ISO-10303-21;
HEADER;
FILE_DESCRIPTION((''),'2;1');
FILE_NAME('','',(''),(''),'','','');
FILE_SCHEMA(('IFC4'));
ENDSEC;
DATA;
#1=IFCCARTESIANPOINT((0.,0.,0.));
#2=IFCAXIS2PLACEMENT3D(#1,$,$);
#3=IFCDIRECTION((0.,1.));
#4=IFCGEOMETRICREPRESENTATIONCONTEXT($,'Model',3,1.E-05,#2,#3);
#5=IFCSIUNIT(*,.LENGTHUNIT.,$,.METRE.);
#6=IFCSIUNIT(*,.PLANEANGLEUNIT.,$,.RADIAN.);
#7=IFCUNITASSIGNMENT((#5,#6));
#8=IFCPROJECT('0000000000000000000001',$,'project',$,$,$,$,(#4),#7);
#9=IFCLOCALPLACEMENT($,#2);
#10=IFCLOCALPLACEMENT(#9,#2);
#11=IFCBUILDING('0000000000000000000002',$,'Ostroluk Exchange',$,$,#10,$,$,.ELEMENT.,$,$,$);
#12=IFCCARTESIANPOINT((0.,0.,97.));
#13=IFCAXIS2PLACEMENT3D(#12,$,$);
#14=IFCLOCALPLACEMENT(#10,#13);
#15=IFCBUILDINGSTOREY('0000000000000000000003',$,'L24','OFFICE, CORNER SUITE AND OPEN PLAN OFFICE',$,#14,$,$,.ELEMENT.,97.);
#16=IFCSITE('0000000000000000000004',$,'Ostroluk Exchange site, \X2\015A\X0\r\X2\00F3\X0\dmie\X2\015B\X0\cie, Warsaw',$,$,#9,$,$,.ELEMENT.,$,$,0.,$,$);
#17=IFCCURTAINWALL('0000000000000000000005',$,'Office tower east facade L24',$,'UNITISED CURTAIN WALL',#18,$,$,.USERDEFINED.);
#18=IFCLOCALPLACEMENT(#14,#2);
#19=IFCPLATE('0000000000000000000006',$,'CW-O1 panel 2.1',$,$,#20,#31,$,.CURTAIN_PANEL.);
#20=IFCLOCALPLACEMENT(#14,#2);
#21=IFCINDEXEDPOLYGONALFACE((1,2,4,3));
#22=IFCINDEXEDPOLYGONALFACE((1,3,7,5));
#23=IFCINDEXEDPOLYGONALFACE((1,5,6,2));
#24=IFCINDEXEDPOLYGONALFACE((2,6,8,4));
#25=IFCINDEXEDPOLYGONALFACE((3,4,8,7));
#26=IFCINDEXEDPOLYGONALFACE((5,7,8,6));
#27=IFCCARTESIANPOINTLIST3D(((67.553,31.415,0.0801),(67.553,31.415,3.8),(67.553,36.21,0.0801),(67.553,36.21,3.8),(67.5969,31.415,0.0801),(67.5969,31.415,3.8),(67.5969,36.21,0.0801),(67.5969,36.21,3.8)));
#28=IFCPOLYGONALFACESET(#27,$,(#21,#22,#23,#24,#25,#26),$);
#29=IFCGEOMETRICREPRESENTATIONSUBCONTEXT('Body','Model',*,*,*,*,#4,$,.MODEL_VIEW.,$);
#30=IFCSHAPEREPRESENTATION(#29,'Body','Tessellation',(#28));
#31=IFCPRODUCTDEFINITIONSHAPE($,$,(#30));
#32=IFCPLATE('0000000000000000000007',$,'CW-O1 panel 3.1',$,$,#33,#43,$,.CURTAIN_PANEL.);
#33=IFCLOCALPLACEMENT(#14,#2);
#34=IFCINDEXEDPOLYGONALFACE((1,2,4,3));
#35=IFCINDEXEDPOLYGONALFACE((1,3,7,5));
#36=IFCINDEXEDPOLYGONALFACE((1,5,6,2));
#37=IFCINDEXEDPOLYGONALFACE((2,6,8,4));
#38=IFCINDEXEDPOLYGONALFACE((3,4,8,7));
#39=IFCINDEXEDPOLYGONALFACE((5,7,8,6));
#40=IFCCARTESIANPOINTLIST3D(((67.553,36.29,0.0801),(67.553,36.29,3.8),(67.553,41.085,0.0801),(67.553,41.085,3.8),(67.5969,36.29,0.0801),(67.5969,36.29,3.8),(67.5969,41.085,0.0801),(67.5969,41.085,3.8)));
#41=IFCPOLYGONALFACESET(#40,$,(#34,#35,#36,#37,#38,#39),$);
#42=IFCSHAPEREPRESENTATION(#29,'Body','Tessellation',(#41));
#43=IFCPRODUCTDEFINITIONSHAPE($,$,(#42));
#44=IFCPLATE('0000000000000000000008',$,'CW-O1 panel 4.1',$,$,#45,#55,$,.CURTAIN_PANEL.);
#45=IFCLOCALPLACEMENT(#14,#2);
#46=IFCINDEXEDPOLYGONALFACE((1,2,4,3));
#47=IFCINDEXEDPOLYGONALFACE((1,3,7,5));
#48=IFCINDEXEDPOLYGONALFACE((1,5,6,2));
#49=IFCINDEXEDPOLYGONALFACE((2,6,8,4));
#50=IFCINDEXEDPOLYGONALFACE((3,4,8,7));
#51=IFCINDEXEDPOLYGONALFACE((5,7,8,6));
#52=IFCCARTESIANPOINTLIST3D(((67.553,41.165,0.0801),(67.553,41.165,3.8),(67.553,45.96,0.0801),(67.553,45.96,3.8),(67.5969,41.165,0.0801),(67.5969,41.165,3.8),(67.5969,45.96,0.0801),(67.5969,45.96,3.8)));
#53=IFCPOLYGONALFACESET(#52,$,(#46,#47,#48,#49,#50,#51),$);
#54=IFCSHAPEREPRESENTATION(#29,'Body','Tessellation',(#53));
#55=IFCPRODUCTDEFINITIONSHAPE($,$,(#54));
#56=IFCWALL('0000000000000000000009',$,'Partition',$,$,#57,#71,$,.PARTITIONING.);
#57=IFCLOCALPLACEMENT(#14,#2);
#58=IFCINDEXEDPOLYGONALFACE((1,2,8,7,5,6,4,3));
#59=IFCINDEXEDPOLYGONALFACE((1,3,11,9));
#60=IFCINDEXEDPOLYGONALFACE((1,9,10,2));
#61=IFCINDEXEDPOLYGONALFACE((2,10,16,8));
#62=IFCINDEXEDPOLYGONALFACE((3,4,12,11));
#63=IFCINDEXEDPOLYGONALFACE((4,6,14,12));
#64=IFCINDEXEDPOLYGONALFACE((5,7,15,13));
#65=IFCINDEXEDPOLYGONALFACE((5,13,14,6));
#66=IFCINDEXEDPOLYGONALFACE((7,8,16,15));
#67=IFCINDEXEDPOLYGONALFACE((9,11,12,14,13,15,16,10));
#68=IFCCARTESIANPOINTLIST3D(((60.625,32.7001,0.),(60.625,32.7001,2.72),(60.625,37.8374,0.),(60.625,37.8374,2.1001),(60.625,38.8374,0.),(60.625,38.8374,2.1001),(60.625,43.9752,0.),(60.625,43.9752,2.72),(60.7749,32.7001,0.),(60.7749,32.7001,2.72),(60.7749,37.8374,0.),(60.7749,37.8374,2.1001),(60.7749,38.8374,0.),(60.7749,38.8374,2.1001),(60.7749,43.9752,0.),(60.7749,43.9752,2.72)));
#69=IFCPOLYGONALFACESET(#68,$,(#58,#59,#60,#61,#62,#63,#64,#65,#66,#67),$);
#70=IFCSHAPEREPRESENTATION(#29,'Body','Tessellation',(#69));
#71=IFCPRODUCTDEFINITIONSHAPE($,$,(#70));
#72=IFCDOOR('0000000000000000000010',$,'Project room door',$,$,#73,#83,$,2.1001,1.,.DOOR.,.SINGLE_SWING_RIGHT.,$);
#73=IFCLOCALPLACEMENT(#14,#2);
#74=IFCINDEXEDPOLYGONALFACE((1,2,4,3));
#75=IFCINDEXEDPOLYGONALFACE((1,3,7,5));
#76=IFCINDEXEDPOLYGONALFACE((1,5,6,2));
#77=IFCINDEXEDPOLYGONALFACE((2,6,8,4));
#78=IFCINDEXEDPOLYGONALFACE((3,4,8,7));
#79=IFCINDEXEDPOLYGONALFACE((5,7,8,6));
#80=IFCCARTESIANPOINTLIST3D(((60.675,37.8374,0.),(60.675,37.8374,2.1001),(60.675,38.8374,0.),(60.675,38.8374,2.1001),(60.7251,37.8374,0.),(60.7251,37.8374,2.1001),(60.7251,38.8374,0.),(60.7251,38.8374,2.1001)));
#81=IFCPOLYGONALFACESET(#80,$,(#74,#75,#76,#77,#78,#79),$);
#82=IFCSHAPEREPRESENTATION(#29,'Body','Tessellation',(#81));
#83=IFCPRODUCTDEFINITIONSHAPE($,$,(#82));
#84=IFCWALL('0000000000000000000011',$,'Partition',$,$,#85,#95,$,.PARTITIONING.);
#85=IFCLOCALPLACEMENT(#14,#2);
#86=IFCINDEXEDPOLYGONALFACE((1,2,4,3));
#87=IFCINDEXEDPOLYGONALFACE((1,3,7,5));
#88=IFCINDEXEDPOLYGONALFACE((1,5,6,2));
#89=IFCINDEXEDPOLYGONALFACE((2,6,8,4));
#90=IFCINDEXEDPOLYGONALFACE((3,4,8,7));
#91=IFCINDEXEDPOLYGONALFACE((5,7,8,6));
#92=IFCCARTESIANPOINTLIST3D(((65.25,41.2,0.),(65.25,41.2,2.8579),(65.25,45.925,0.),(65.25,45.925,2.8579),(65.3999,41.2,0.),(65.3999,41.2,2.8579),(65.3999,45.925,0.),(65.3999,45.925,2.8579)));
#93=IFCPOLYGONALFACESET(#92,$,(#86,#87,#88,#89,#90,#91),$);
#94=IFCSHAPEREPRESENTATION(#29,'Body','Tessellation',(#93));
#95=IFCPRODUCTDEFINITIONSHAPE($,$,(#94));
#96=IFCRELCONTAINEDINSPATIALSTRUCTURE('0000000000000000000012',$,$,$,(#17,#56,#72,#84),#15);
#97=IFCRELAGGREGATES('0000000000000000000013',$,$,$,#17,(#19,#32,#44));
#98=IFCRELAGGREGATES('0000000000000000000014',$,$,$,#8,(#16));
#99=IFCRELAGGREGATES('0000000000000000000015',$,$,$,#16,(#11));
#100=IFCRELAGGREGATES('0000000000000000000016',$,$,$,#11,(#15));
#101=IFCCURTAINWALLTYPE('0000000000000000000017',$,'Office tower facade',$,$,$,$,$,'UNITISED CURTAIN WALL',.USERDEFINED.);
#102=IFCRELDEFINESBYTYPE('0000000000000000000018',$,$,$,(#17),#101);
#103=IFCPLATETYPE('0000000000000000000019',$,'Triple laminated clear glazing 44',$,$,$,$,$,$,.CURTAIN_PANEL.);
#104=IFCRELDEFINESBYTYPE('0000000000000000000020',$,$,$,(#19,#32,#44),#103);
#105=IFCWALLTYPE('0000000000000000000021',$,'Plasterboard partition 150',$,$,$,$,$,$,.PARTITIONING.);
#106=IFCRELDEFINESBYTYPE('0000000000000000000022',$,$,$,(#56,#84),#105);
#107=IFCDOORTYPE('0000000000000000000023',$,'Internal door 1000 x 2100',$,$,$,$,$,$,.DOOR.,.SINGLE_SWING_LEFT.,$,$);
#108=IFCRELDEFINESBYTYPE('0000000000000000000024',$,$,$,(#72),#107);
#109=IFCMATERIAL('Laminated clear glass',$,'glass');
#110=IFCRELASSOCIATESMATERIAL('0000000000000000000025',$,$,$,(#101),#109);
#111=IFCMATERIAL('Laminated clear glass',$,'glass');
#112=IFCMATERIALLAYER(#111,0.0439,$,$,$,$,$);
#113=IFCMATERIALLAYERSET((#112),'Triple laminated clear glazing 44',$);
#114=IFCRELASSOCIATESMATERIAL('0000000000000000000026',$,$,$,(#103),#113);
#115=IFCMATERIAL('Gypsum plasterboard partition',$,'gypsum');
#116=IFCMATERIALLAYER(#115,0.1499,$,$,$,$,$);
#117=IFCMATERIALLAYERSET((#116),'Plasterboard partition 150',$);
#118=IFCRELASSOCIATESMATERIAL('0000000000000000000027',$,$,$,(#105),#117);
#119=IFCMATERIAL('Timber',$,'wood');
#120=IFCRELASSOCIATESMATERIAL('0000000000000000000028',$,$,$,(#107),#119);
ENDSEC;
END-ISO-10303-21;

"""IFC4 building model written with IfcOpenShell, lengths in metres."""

from ifc_helpers import new_model, si_unit, direction, frame, frame_2d, origin, origin_2d, place, context, subcontext, project, spatial, rectangle, extrude, material, layer, layer_set, type_object, element, fill, aggregate, save


model = new_model("IFC4")

# Units and contexts
model_context = context("Model", 3, precision=1e-05, world=origin(), true_north=direction((0.0, 1.0)))
body_context = subcontext(model_context, "Body", "Model", "MODEL_VIEW")
ifc_project = project(units=[si_unit("LENGTHUNIT", "METRE"), si_unit("PLANEANGLEUNIT", "RADIAN")], contexts=[model_context])

# Site, building, storey
site_placement = place(None, origin())
site = spatial("IfcSite", under=ifc_project, at=site_placement, Name="Ostroluk Exchange site, Śródmieście, Warsaw", CompositionType="ELEMENT", RefElevation=0.0)
building_placement = place(site_placement, origin())
building = spatial("IfcBuilding", under=site, at=building_placement, Name="Ostroluk Exchange", CompositionType="ELEMENT")
storey_placement = place(building_placement, frame((0.0, 0.0, 97.0)))
storey = spatial("IfcBuildingStorey", under=building, at=storey_placement, Name="L24", Description="OFFICE, CORNER SUITE AND OPEN PLAN OFFICE", CompositionType="ELEMENT", Elevation=97.0)

# Curtain wall, plates
ifc_material_1 = material(Name="Laminated clear glass", Category="glass")
curtain_wall_type = type_object("IfcCurtainWallType", Name="Office tower facade", ElementType="UNITISED CURTAIN WALL", PredefinedType="USERDEFINED", material=ifc_material_1)
curtain_wall_placement = place(storey_placement, origin())
curtain_wall = element("IfcCurtainWall", 1, at=curtain_wall_placement, inside=storey, type_object=curtain_wall_type, Name="Office tower east facade L24", ObjectType="UNITISED CURTAIN WALL", PredefinedType="USERDEFINED")
ifc_material_2 = material(Name="Laminated clear glass", Category="glass")
ifc_layer_1 = layer(ifc_material_2, 0.0439)
ifc_layer_set_1 = layer_set([ifc_layer_1], Name="Triple laminated clear glazing 44")
plate_type = type_object("IfcPlateType", Name="Triple laminated clear glazing 44", PredefinedType="CURTAIN_PANEL", material=ifc_layer_set_1)
plate_1_placement = place(storey_placement, frame((67.575, 33.8125, 0.0801), z_axis=(0.0, 0.0, 1.0), x_axis=(0.0, 1.0, 0.0)))
plate_1 = element("IfcPlate", 2, at=plate_1_placement, type_object=plate_type, Name="CW-O1 panel 2.1", PredefinedType="CURTAIN_PANEL", context=body_context, shape_type="SweptSolid", body=[
    extrude(rectangle(XDim=4.7949, YDim=0.0439, at=origin_2d()), origin(), (0.0, 0.0, 1.0), 3.72),
])
plate_2_placement = place(storey_placement, frame((67.575, 38.6875, 0.0801), z_axis=(0.0, 0.0, 1.0), x_axis=(0.0, 1.0, 0.0)))
plate_2 = element("IfcPlate", 3, at=plate_2_placement, type_object=plate_type, Name="CW-O1 panel 3.1", PredefinedType="CURTAIN_PANEL", context=body_context, shape_type="SweptSolid", body=[
    extrude(rectangle(XDim=4.7949, YDim=0.0439, at=origin_2d()), origin(), (0.0, 0.0, 1.0), 3.72),
])
plate_3_placement = place(storey_placement, frame((67.575, 43.5625, 0.0801), z_axis=(0.0, 0.0, 1.0), x_axis=(0.0, 1.0, 0.0)))
plate_3 = element("IfcPlate", 4, at=plate_3_placement, type_object=plate_type, Name="CW-O1 panel 4.1", PredefinedType="CURTAIN_PANEL", context=body_context, shape_type="SweptSolid", body=[
    extrude(rectangle(XDim=4.7949, YDim=0.0439, at=origin_2d()), origin(), (0.0, 0.0, 1.0), 3.72),
])
aggregate(curtain_wall, [plate_1, plate_2, plate_3])

# Wall, opening, door
ifc_material_3 = material(Name="Gypsum plasterboard partition", Category="gypsum")
ifc_layer_2 = layer(ifc_material_3, 0.1499)
ifc_layer_set_2 = layer_set([ifc_layer_2], Name="Plasterboard partition 150")
wall_type = type_object("IfcWallType", Name="Plasterboard partition 150", PredefinedType="PARTITIONING", material=ifc_layer_set_2)
wall_1_placement = place(storey_placement, frame((60.7, 32.7, 0.0), z_axis=(0.0, 0.0, 1.0), x_axis=(0.0, 1.0, 0.0)))
wall_1 = element("IfcWall", 5, at=wall_1_placement, inside=storey, type_object=wall_type, Name="Partition", PredefinedType="PARTITIONING", context=body_context, shape_type="SweptSolid", body=[
    extrude(rectangle(XDim=11.2751, YDim=0.1499, at=frame_2d((5.6377, 0.0))), origin(), (0.0, 0.0, 1.0), 2.72),
])
opening_1_placement = place(wall_1_placement, frame((5.1375, 0.0, 0.0)))
opening_1 = element("IfcOpeningElement", 6, at=opening_1_placement, cuts=wall_1, PredefinedType="OPENING", context=body_context, shape_type="SweptSolid", body=[
    extrude(rectangle(XDim=1.0, YDim=2.1001, at=frame_2d((0.5, 1.05))), frame((0.0, 0.085, 0.0), z_axis=(0.0, -1.0, 0.0), x_axis=(1.0, 0.0, 0.0)), (0.0, 0.0, 1.0), 0.1699),
])
ifc_material_4 = material(Name="Timber", Category="wood")
door_type = type_object("IfcDoorType", Name="Internal door 1000 x 2100", OperationType="SINGLE_SWING_LEFT", PredefinedType="DOOR", material=ifc_material_4)
door_1_placement = place(opening_1_placement, origin())
door_1 = element("IfcDoor", 7, at=door_1_placement, inside=storey, type_object=door_type, Name="Project room door", OperationType="SINGLE_SWING_RIGHT", OverallHeight=2.1001, OverallWidth=1.0, PredefinedType="DOOR", context=body_context, shape_type="SweptSolid", body=[
    extrude(rectangle(XDim=1.0, YDim=2.1001, at=frame_2d((0.5, 1.05))), frame((0.0, 0.0249, 0.0), z_axis=(0.0, -1.0, 0.0), x_axis=(1.0, 0.0, 0.0)), (0.0, 0.0, 1.0), 0.05),
])
fill(opening_1, door_1)

# Wall
wall_2_placement = place(storey_placement, frame((65.325, 41.2, 0.0), z_axis=(0.0, 0.0, 1.0), x_axis=(0.0, 1.0, 0.0)))
element("IfcWall", 8, at=wall_2_placement, inside=storey, type_object=wall_type, Name="Partition", PredefinedType="PARTITIONING", context=body_context, shape_type="SweptSolid", body=[
    extrude(rectangle(XDim=4.7251, YDim=0.1499, at=frame_2d((2.3625, 0.0))), origin(), (0.0, 0.0, 1.0), 2.8579),
])

save(model, "model.ifc")
